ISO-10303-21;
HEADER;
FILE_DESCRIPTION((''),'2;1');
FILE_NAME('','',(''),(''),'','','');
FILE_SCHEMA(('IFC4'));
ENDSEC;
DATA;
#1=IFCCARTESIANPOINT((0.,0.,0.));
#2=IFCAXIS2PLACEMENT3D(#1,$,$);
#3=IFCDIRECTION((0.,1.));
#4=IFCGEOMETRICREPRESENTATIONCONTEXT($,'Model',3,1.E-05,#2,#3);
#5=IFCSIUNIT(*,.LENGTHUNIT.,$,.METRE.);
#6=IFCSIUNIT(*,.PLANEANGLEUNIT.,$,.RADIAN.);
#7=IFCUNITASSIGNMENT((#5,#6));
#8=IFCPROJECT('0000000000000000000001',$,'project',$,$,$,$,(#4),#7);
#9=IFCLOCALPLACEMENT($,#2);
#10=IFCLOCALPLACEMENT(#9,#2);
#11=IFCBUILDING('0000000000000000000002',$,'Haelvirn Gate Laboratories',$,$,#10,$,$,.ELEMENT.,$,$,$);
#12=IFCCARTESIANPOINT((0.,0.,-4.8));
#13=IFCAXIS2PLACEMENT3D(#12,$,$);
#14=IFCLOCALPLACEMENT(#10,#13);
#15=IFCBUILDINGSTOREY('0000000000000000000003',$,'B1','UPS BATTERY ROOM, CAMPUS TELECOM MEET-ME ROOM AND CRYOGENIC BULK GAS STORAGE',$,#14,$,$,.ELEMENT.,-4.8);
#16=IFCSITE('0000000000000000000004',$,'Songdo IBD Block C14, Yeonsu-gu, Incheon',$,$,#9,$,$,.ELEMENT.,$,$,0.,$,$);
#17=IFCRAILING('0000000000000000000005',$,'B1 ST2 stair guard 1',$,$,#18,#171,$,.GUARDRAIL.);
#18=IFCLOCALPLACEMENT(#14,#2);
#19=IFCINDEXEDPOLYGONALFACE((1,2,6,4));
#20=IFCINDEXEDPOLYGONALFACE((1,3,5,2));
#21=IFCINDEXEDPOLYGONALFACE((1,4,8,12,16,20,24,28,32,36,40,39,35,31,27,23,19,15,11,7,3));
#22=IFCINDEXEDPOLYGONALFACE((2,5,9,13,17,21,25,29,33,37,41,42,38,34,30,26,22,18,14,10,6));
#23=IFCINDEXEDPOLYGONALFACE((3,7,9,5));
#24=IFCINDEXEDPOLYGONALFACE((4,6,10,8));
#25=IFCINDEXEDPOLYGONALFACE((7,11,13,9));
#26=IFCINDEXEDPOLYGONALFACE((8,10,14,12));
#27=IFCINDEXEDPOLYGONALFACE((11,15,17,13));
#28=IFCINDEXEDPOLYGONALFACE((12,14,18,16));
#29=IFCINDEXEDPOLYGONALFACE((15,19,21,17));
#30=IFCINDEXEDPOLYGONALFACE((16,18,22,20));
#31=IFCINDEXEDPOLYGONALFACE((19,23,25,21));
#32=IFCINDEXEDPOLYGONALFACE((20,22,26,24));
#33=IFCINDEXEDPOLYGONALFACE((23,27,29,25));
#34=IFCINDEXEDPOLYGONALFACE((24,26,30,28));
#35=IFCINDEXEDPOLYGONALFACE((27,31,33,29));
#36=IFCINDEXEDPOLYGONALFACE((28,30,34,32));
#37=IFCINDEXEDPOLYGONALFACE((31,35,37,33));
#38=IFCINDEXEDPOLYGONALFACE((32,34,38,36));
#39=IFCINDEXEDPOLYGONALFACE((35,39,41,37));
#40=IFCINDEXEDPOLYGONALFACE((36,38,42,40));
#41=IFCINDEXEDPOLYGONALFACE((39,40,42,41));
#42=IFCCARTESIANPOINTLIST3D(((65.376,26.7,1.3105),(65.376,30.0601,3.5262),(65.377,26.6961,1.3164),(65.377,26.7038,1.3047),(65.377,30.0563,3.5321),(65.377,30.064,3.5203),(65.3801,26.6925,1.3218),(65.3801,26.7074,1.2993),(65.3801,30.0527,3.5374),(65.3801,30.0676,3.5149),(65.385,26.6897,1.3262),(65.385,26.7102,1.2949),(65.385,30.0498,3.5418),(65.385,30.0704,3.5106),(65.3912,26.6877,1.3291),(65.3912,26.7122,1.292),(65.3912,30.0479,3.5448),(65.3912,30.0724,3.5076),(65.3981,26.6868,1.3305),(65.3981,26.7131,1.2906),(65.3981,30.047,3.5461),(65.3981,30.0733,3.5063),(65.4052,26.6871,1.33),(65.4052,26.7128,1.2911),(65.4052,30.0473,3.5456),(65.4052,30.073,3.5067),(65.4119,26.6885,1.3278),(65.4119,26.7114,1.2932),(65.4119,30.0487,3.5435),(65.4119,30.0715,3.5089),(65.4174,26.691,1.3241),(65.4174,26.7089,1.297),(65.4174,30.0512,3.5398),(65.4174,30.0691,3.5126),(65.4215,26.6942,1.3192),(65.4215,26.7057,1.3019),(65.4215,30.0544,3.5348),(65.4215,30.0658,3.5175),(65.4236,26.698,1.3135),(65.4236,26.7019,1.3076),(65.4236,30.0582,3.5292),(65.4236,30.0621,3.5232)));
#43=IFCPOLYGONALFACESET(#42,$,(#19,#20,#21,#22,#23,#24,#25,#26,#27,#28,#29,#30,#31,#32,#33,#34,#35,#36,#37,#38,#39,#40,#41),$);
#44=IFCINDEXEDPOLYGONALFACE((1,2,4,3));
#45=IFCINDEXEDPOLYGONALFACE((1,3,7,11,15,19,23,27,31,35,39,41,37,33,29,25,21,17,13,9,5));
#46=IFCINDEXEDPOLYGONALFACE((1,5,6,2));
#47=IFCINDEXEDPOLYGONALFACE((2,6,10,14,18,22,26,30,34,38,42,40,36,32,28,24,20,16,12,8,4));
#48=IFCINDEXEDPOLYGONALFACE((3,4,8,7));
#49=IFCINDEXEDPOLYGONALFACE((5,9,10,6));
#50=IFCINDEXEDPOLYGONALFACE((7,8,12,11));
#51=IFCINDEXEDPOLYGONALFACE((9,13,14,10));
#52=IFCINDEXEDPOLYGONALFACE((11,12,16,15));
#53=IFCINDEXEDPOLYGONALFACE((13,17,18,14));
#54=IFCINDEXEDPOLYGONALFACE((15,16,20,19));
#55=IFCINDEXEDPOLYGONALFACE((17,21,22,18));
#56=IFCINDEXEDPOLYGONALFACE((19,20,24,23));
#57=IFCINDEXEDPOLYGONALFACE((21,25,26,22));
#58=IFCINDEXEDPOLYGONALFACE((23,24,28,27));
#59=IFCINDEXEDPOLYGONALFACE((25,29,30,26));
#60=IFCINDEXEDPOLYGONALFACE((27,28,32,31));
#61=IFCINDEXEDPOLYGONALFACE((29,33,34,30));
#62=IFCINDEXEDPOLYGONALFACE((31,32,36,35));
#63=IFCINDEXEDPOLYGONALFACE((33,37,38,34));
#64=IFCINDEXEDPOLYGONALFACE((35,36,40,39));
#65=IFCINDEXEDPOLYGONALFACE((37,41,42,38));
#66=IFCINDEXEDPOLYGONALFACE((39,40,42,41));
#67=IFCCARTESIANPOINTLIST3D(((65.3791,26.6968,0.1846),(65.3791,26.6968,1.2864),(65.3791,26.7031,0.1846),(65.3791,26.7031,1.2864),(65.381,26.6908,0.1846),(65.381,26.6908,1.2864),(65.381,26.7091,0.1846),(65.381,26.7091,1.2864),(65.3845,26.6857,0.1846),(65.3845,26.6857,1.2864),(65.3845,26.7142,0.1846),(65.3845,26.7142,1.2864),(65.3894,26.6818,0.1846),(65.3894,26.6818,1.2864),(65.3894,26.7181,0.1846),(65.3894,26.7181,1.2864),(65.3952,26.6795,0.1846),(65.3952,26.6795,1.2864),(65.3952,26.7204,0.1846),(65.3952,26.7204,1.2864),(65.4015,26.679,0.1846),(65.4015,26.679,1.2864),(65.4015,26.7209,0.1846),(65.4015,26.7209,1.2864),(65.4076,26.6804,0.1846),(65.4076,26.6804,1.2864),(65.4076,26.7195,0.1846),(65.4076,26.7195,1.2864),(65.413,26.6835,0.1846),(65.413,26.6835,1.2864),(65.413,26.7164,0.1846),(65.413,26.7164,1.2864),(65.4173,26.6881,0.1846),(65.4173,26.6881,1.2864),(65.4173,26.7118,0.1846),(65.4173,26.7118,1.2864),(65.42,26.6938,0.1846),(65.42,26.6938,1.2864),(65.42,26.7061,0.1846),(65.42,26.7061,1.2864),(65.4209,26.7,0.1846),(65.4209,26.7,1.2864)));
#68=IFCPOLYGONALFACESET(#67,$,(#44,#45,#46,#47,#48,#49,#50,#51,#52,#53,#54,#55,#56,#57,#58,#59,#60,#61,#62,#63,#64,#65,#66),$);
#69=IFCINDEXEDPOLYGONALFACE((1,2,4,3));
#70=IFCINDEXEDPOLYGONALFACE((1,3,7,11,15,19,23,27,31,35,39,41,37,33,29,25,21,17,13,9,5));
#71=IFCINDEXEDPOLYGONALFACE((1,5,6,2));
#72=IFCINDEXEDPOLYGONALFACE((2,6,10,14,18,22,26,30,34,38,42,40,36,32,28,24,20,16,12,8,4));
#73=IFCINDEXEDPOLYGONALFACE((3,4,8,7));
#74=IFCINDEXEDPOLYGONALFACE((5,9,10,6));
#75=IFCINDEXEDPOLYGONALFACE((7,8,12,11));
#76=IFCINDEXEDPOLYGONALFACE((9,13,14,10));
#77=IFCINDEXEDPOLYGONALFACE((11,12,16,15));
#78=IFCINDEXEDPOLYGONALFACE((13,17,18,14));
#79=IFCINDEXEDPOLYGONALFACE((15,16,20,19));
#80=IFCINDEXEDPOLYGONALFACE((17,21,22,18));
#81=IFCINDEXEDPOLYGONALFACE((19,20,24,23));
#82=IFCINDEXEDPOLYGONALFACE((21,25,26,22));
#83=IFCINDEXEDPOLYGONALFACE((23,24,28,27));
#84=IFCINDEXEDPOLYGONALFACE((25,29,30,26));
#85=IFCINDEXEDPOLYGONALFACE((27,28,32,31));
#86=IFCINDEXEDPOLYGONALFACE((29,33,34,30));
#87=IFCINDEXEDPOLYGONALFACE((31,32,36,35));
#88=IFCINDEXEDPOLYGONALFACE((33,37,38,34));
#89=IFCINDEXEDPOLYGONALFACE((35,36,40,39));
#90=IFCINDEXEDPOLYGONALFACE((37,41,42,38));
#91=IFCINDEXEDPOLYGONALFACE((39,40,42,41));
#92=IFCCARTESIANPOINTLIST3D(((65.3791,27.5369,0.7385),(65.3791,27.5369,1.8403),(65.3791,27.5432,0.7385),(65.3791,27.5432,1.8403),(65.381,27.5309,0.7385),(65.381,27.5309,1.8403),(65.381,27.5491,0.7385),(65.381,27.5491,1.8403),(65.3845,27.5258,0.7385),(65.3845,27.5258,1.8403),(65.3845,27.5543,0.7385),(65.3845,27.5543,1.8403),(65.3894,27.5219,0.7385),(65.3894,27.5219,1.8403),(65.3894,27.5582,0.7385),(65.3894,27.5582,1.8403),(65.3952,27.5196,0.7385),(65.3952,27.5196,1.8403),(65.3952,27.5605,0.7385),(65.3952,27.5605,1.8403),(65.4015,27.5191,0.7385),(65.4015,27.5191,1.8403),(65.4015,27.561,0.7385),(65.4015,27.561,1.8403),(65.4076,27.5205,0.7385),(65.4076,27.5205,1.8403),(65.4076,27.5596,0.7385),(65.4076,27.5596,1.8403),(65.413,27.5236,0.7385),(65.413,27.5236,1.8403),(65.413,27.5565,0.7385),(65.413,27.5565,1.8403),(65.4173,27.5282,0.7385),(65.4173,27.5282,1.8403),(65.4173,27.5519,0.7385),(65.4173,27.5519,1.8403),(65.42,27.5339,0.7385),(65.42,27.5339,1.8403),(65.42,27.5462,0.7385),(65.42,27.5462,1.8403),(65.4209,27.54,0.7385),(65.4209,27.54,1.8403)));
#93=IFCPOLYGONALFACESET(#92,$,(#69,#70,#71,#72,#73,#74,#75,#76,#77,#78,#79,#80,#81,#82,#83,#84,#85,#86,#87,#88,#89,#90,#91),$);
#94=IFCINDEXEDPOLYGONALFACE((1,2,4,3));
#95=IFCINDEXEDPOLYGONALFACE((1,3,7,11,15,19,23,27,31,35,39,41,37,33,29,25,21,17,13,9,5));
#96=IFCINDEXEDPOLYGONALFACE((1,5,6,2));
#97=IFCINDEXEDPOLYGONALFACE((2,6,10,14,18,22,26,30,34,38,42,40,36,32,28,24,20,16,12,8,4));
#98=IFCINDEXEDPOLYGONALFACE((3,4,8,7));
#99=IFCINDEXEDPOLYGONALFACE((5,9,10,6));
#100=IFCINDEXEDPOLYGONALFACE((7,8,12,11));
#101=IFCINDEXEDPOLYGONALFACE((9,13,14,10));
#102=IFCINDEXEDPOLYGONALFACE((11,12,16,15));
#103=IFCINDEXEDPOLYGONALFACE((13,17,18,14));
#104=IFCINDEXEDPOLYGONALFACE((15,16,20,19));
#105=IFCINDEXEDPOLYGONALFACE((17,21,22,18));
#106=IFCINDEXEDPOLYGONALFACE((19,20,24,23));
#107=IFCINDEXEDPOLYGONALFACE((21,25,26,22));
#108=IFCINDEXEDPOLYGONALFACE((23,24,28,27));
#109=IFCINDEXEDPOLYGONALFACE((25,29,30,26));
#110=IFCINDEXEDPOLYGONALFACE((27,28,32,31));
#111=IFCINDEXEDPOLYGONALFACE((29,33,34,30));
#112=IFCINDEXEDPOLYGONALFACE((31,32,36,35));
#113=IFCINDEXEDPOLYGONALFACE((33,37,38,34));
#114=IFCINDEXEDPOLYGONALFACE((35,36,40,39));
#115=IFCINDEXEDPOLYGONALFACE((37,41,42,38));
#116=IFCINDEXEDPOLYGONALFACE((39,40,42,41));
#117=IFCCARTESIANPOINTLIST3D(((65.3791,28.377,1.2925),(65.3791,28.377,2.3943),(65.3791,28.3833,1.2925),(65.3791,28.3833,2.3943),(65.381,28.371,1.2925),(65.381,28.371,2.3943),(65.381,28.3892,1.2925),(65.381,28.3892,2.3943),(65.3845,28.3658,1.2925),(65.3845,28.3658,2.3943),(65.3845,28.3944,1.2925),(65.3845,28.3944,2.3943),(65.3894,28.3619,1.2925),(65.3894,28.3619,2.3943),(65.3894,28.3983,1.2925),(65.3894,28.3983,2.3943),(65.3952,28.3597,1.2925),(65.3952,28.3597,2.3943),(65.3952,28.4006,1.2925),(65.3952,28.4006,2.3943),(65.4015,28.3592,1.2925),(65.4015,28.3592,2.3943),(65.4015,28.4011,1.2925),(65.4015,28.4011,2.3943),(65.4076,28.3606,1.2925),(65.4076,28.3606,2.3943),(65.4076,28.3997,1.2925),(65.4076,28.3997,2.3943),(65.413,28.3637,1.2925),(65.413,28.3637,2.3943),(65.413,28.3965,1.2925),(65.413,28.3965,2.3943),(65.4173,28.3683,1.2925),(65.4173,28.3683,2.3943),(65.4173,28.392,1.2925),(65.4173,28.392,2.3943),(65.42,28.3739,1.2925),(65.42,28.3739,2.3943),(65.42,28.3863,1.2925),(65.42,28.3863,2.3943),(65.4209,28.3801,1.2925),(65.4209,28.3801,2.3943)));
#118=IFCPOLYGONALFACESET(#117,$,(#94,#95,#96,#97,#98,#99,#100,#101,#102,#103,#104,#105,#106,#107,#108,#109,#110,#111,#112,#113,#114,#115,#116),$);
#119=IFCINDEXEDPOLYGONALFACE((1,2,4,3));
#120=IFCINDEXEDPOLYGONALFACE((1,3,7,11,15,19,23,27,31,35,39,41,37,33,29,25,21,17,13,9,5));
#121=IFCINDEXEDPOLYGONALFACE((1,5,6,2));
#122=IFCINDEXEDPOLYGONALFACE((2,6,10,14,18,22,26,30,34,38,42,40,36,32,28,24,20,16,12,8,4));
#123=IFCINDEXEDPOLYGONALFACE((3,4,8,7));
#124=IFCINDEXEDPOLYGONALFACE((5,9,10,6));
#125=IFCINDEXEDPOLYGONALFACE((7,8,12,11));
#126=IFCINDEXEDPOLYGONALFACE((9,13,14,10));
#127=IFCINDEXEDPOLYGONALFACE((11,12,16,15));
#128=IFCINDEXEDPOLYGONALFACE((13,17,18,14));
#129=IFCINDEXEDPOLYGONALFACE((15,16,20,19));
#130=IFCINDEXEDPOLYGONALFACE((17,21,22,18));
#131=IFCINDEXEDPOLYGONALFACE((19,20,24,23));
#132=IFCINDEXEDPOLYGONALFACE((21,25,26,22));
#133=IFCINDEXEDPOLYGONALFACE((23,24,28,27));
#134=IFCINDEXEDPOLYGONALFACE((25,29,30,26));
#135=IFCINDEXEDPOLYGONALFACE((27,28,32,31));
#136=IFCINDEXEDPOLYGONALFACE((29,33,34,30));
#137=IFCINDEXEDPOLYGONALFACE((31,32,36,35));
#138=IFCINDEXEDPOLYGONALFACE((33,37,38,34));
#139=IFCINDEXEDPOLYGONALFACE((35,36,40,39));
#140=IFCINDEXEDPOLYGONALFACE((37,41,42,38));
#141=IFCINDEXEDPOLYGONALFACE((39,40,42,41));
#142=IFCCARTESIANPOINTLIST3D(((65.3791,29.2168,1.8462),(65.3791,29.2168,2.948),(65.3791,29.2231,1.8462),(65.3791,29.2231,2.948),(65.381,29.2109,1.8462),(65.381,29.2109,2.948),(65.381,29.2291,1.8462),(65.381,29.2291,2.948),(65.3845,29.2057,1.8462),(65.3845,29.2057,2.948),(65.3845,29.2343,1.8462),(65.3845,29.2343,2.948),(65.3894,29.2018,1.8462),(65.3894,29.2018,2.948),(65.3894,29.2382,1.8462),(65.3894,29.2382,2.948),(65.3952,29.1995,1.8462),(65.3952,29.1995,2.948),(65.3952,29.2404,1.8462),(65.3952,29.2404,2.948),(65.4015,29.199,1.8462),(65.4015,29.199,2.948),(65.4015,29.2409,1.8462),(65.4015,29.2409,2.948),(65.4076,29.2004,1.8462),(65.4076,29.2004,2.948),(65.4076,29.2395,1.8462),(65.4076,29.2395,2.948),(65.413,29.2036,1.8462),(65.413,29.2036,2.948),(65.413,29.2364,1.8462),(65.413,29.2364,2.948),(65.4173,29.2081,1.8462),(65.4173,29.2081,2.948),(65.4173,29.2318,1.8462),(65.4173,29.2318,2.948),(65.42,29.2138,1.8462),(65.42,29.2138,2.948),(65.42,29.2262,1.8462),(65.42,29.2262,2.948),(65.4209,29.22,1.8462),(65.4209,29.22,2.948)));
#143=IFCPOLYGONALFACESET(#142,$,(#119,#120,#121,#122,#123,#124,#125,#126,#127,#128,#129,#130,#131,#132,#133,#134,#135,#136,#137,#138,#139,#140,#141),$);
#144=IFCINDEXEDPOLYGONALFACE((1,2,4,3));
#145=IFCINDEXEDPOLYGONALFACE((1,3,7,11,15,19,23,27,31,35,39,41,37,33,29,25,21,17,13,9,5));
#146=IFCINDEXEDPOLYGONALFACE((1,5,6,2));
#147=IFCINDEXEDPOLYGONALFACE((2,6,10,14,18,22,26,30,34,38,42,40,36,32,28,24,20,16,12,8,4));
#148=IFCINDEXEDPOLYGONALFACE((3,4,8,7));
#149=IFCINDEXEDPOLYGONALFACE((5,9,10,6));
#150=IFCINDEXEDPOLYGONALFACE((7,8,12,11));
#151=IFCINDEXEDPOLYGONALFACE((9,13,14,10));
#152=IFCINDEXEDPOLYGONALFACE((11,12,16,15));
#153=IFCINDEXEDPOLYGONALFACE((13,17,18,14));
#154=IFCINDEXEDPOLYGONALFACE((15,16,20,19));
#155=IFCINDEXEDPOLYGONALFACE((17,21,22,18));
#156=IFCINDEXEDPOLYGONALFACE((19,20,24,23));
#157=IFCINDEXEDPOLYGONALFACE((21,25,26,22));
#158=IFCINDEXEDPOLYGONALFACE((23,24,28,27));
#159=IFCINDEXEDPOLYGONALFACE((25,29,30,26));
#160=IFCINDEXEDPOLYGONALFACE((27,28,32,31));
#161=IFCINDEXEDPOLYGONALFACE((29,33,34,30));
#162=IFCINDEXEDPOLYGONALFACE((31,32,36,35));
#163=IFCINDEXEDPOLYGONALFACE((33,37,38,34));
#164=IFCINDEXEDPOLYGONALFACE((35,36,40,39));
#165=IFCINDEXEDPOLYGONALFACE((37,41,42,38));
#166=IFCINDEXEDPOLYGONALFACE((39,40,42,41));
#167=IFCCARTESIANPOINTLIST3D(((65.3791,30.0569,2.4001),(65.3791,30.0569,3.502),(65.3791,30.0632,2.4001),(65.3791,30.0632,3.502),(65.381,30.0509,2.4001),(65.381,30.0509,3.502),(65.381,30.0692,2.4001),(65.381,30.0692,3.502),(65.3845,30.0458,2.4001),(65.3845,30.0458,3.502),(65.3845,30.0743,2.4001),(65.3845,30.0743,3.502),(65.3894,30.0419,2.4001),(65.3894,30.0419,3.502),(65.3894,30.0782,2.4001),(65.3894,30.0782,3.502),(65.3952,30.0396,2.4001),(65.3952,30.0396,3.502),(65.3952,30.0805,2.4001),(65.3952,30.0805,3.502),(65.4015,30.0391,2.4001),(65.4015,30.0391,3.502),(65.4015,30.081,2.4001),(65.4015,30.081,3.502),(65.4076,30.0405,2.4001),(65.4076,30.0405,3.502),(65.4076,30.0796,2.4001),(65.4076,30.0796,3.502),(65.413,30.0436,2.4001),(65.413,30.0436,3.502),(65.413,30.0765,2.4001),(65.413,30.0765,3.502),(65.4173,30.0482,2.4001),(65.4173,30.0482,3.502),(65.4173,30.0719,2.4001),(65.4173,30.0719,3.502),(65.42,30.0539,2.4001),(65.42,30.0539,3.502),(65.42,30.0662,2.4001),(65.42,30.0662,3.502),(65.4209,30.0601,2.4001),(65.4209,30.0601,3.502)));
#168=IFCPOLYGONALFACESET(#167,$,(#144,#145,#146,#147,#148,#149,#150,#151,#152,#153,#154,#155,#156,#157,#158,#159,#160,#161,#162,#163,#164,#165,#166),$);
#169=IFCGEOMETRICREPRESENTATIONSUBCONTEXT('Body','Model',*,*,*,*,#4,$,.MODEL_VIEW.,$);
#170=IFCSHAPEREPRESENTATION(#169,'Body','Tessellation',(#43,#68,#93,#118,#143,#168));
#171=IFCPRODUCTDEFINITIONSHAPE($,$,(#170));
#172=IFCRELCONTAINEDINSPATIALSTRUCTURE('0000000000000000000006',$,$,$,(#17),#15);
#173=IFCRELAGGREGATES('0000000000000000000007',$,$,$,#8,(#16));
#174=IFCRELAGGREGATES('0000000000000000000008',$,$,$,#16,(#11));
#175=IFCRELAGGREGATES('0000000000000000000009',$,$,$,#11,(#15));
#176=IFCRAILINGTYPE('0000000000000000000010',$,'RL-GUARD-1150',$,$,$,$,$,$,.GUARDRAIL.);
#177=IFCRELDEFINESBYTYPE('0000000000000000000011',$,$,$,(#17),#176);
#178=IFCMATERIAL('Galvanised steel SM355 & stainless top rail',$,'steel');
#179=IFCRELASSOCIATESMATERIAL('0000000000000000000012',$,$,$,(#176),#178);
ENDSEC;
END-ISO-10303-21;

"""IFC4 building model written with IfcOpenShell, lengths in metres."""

from ifc_helpers import new_model, si_unit, direction, frame, origin, origin_2d, place, context, subcontext, project, spatial, circle, extrude, source, transform, mapped, material, type_object, element, save


model = new_model("IFC4")

# Units and contexts
model_context = context("Model", 3, precision=1e-05, world=origin(), true_north=direction((0.0, 1.0)))
body_context = subcontext(model_context, "Body", "Model", "MODEL_VIEW")
ifc_project = project(units=[si_unit("LENGTHUNIT", "METRE"), si_unit("PLANEANGLEUNIT", "RADIAN")], contexts=[model_context])

# Site, building, storey
site_placement = place(None, origin())
site = spatial("IfcSite", under=ifc_project, at=site_placement, Name="Songdo IBD Block C14, Yeonsu-gu, Incheon", CompositionType="ELEMENT", RefElevation=0.0)
building_placement = place(site_placement, origin())
building = spatial("IfcBuilding", under=site, at=building_placement, Name="Haelvirn Gate Laboratories", CompositionType="ELEMENT")
storey_placement = place(building_placement, frame((0.0, 0.0, -4.8)))
storey = spatial("IfcBuildingStorey", under=building, at=storey_placement, Name="B1", Description="UPS BATTERY ROOM, CAMPUS TELECOM MEET-ME ROOM AND CRYOGENIC BULK GAS STORAGE", CompositionType="ELEMENT", Elevation=-4.8)

# Railing
ifc_material_1 = material(Name="Galvanised steel SM355 & stainless top rail", Category="steel")
railing_type_1 = type_object("IfcRailingType", Name="RL-GUARD-1150", PredefinedType="GUARDRAIL", material=ifc_material_1)
shared_shape_1 = source(origin(), body_context, "Body", "SweptSolid", [
    extrude(circle(Radius=0.0239, at=origin_2d()), frame((0.0, 0.0, 1.126), z_axis=(0.0, 0.834849, 0.55048), x_axis=(-1.0, 0.0, 0.0)), (0.0, 0.0, 1.0), 4.0249),
    extrude(circle(Radius=0.021, at=origin_2d()), origin(), (0.0, 0.0, 1.0), 1.1018),
    extrude(circle(Radius=0.021, at=origin_2d()), frame((0.0, 0.8401, 0.554)), (0.0, 0.0, 1.0), 1.1018),
    extrude(circle(Radius=0.021, at=origin_2d()), frame((0.0, 1.6802, 1.1079)), (0.0, 0.0, 1.0), 1.1018),
    extrude(circle(Radius=0.021, at=origin_2d()), frame((0.0, 2.52, 1.6616)), (0.0, 0.0, 1.0), 1.1018),
    extrude(circle(Radius=0.021, at=origin_2d()), frame((0.0, 3.3601, 2.2156)), (0.0, 0.0, 1.0), 1.1018),
])
railing_1_placement = place(storey_placement, frame((65.3999, 26.7, 0.1846)))
element("IfcRailing", 1, at=railing_1_placement, inside=storey, type_object=railing_type_1, Name="B1 ST2 stair guard 1", PredefinedType="GUARDRAIL", context=body_context, shape_type="MappedRepresentation", body=[
    mapped(shared_shape_1, transform((0.0, 0.0, 0.0), scale=1.0)),
])

save(model, "model.ifc")
